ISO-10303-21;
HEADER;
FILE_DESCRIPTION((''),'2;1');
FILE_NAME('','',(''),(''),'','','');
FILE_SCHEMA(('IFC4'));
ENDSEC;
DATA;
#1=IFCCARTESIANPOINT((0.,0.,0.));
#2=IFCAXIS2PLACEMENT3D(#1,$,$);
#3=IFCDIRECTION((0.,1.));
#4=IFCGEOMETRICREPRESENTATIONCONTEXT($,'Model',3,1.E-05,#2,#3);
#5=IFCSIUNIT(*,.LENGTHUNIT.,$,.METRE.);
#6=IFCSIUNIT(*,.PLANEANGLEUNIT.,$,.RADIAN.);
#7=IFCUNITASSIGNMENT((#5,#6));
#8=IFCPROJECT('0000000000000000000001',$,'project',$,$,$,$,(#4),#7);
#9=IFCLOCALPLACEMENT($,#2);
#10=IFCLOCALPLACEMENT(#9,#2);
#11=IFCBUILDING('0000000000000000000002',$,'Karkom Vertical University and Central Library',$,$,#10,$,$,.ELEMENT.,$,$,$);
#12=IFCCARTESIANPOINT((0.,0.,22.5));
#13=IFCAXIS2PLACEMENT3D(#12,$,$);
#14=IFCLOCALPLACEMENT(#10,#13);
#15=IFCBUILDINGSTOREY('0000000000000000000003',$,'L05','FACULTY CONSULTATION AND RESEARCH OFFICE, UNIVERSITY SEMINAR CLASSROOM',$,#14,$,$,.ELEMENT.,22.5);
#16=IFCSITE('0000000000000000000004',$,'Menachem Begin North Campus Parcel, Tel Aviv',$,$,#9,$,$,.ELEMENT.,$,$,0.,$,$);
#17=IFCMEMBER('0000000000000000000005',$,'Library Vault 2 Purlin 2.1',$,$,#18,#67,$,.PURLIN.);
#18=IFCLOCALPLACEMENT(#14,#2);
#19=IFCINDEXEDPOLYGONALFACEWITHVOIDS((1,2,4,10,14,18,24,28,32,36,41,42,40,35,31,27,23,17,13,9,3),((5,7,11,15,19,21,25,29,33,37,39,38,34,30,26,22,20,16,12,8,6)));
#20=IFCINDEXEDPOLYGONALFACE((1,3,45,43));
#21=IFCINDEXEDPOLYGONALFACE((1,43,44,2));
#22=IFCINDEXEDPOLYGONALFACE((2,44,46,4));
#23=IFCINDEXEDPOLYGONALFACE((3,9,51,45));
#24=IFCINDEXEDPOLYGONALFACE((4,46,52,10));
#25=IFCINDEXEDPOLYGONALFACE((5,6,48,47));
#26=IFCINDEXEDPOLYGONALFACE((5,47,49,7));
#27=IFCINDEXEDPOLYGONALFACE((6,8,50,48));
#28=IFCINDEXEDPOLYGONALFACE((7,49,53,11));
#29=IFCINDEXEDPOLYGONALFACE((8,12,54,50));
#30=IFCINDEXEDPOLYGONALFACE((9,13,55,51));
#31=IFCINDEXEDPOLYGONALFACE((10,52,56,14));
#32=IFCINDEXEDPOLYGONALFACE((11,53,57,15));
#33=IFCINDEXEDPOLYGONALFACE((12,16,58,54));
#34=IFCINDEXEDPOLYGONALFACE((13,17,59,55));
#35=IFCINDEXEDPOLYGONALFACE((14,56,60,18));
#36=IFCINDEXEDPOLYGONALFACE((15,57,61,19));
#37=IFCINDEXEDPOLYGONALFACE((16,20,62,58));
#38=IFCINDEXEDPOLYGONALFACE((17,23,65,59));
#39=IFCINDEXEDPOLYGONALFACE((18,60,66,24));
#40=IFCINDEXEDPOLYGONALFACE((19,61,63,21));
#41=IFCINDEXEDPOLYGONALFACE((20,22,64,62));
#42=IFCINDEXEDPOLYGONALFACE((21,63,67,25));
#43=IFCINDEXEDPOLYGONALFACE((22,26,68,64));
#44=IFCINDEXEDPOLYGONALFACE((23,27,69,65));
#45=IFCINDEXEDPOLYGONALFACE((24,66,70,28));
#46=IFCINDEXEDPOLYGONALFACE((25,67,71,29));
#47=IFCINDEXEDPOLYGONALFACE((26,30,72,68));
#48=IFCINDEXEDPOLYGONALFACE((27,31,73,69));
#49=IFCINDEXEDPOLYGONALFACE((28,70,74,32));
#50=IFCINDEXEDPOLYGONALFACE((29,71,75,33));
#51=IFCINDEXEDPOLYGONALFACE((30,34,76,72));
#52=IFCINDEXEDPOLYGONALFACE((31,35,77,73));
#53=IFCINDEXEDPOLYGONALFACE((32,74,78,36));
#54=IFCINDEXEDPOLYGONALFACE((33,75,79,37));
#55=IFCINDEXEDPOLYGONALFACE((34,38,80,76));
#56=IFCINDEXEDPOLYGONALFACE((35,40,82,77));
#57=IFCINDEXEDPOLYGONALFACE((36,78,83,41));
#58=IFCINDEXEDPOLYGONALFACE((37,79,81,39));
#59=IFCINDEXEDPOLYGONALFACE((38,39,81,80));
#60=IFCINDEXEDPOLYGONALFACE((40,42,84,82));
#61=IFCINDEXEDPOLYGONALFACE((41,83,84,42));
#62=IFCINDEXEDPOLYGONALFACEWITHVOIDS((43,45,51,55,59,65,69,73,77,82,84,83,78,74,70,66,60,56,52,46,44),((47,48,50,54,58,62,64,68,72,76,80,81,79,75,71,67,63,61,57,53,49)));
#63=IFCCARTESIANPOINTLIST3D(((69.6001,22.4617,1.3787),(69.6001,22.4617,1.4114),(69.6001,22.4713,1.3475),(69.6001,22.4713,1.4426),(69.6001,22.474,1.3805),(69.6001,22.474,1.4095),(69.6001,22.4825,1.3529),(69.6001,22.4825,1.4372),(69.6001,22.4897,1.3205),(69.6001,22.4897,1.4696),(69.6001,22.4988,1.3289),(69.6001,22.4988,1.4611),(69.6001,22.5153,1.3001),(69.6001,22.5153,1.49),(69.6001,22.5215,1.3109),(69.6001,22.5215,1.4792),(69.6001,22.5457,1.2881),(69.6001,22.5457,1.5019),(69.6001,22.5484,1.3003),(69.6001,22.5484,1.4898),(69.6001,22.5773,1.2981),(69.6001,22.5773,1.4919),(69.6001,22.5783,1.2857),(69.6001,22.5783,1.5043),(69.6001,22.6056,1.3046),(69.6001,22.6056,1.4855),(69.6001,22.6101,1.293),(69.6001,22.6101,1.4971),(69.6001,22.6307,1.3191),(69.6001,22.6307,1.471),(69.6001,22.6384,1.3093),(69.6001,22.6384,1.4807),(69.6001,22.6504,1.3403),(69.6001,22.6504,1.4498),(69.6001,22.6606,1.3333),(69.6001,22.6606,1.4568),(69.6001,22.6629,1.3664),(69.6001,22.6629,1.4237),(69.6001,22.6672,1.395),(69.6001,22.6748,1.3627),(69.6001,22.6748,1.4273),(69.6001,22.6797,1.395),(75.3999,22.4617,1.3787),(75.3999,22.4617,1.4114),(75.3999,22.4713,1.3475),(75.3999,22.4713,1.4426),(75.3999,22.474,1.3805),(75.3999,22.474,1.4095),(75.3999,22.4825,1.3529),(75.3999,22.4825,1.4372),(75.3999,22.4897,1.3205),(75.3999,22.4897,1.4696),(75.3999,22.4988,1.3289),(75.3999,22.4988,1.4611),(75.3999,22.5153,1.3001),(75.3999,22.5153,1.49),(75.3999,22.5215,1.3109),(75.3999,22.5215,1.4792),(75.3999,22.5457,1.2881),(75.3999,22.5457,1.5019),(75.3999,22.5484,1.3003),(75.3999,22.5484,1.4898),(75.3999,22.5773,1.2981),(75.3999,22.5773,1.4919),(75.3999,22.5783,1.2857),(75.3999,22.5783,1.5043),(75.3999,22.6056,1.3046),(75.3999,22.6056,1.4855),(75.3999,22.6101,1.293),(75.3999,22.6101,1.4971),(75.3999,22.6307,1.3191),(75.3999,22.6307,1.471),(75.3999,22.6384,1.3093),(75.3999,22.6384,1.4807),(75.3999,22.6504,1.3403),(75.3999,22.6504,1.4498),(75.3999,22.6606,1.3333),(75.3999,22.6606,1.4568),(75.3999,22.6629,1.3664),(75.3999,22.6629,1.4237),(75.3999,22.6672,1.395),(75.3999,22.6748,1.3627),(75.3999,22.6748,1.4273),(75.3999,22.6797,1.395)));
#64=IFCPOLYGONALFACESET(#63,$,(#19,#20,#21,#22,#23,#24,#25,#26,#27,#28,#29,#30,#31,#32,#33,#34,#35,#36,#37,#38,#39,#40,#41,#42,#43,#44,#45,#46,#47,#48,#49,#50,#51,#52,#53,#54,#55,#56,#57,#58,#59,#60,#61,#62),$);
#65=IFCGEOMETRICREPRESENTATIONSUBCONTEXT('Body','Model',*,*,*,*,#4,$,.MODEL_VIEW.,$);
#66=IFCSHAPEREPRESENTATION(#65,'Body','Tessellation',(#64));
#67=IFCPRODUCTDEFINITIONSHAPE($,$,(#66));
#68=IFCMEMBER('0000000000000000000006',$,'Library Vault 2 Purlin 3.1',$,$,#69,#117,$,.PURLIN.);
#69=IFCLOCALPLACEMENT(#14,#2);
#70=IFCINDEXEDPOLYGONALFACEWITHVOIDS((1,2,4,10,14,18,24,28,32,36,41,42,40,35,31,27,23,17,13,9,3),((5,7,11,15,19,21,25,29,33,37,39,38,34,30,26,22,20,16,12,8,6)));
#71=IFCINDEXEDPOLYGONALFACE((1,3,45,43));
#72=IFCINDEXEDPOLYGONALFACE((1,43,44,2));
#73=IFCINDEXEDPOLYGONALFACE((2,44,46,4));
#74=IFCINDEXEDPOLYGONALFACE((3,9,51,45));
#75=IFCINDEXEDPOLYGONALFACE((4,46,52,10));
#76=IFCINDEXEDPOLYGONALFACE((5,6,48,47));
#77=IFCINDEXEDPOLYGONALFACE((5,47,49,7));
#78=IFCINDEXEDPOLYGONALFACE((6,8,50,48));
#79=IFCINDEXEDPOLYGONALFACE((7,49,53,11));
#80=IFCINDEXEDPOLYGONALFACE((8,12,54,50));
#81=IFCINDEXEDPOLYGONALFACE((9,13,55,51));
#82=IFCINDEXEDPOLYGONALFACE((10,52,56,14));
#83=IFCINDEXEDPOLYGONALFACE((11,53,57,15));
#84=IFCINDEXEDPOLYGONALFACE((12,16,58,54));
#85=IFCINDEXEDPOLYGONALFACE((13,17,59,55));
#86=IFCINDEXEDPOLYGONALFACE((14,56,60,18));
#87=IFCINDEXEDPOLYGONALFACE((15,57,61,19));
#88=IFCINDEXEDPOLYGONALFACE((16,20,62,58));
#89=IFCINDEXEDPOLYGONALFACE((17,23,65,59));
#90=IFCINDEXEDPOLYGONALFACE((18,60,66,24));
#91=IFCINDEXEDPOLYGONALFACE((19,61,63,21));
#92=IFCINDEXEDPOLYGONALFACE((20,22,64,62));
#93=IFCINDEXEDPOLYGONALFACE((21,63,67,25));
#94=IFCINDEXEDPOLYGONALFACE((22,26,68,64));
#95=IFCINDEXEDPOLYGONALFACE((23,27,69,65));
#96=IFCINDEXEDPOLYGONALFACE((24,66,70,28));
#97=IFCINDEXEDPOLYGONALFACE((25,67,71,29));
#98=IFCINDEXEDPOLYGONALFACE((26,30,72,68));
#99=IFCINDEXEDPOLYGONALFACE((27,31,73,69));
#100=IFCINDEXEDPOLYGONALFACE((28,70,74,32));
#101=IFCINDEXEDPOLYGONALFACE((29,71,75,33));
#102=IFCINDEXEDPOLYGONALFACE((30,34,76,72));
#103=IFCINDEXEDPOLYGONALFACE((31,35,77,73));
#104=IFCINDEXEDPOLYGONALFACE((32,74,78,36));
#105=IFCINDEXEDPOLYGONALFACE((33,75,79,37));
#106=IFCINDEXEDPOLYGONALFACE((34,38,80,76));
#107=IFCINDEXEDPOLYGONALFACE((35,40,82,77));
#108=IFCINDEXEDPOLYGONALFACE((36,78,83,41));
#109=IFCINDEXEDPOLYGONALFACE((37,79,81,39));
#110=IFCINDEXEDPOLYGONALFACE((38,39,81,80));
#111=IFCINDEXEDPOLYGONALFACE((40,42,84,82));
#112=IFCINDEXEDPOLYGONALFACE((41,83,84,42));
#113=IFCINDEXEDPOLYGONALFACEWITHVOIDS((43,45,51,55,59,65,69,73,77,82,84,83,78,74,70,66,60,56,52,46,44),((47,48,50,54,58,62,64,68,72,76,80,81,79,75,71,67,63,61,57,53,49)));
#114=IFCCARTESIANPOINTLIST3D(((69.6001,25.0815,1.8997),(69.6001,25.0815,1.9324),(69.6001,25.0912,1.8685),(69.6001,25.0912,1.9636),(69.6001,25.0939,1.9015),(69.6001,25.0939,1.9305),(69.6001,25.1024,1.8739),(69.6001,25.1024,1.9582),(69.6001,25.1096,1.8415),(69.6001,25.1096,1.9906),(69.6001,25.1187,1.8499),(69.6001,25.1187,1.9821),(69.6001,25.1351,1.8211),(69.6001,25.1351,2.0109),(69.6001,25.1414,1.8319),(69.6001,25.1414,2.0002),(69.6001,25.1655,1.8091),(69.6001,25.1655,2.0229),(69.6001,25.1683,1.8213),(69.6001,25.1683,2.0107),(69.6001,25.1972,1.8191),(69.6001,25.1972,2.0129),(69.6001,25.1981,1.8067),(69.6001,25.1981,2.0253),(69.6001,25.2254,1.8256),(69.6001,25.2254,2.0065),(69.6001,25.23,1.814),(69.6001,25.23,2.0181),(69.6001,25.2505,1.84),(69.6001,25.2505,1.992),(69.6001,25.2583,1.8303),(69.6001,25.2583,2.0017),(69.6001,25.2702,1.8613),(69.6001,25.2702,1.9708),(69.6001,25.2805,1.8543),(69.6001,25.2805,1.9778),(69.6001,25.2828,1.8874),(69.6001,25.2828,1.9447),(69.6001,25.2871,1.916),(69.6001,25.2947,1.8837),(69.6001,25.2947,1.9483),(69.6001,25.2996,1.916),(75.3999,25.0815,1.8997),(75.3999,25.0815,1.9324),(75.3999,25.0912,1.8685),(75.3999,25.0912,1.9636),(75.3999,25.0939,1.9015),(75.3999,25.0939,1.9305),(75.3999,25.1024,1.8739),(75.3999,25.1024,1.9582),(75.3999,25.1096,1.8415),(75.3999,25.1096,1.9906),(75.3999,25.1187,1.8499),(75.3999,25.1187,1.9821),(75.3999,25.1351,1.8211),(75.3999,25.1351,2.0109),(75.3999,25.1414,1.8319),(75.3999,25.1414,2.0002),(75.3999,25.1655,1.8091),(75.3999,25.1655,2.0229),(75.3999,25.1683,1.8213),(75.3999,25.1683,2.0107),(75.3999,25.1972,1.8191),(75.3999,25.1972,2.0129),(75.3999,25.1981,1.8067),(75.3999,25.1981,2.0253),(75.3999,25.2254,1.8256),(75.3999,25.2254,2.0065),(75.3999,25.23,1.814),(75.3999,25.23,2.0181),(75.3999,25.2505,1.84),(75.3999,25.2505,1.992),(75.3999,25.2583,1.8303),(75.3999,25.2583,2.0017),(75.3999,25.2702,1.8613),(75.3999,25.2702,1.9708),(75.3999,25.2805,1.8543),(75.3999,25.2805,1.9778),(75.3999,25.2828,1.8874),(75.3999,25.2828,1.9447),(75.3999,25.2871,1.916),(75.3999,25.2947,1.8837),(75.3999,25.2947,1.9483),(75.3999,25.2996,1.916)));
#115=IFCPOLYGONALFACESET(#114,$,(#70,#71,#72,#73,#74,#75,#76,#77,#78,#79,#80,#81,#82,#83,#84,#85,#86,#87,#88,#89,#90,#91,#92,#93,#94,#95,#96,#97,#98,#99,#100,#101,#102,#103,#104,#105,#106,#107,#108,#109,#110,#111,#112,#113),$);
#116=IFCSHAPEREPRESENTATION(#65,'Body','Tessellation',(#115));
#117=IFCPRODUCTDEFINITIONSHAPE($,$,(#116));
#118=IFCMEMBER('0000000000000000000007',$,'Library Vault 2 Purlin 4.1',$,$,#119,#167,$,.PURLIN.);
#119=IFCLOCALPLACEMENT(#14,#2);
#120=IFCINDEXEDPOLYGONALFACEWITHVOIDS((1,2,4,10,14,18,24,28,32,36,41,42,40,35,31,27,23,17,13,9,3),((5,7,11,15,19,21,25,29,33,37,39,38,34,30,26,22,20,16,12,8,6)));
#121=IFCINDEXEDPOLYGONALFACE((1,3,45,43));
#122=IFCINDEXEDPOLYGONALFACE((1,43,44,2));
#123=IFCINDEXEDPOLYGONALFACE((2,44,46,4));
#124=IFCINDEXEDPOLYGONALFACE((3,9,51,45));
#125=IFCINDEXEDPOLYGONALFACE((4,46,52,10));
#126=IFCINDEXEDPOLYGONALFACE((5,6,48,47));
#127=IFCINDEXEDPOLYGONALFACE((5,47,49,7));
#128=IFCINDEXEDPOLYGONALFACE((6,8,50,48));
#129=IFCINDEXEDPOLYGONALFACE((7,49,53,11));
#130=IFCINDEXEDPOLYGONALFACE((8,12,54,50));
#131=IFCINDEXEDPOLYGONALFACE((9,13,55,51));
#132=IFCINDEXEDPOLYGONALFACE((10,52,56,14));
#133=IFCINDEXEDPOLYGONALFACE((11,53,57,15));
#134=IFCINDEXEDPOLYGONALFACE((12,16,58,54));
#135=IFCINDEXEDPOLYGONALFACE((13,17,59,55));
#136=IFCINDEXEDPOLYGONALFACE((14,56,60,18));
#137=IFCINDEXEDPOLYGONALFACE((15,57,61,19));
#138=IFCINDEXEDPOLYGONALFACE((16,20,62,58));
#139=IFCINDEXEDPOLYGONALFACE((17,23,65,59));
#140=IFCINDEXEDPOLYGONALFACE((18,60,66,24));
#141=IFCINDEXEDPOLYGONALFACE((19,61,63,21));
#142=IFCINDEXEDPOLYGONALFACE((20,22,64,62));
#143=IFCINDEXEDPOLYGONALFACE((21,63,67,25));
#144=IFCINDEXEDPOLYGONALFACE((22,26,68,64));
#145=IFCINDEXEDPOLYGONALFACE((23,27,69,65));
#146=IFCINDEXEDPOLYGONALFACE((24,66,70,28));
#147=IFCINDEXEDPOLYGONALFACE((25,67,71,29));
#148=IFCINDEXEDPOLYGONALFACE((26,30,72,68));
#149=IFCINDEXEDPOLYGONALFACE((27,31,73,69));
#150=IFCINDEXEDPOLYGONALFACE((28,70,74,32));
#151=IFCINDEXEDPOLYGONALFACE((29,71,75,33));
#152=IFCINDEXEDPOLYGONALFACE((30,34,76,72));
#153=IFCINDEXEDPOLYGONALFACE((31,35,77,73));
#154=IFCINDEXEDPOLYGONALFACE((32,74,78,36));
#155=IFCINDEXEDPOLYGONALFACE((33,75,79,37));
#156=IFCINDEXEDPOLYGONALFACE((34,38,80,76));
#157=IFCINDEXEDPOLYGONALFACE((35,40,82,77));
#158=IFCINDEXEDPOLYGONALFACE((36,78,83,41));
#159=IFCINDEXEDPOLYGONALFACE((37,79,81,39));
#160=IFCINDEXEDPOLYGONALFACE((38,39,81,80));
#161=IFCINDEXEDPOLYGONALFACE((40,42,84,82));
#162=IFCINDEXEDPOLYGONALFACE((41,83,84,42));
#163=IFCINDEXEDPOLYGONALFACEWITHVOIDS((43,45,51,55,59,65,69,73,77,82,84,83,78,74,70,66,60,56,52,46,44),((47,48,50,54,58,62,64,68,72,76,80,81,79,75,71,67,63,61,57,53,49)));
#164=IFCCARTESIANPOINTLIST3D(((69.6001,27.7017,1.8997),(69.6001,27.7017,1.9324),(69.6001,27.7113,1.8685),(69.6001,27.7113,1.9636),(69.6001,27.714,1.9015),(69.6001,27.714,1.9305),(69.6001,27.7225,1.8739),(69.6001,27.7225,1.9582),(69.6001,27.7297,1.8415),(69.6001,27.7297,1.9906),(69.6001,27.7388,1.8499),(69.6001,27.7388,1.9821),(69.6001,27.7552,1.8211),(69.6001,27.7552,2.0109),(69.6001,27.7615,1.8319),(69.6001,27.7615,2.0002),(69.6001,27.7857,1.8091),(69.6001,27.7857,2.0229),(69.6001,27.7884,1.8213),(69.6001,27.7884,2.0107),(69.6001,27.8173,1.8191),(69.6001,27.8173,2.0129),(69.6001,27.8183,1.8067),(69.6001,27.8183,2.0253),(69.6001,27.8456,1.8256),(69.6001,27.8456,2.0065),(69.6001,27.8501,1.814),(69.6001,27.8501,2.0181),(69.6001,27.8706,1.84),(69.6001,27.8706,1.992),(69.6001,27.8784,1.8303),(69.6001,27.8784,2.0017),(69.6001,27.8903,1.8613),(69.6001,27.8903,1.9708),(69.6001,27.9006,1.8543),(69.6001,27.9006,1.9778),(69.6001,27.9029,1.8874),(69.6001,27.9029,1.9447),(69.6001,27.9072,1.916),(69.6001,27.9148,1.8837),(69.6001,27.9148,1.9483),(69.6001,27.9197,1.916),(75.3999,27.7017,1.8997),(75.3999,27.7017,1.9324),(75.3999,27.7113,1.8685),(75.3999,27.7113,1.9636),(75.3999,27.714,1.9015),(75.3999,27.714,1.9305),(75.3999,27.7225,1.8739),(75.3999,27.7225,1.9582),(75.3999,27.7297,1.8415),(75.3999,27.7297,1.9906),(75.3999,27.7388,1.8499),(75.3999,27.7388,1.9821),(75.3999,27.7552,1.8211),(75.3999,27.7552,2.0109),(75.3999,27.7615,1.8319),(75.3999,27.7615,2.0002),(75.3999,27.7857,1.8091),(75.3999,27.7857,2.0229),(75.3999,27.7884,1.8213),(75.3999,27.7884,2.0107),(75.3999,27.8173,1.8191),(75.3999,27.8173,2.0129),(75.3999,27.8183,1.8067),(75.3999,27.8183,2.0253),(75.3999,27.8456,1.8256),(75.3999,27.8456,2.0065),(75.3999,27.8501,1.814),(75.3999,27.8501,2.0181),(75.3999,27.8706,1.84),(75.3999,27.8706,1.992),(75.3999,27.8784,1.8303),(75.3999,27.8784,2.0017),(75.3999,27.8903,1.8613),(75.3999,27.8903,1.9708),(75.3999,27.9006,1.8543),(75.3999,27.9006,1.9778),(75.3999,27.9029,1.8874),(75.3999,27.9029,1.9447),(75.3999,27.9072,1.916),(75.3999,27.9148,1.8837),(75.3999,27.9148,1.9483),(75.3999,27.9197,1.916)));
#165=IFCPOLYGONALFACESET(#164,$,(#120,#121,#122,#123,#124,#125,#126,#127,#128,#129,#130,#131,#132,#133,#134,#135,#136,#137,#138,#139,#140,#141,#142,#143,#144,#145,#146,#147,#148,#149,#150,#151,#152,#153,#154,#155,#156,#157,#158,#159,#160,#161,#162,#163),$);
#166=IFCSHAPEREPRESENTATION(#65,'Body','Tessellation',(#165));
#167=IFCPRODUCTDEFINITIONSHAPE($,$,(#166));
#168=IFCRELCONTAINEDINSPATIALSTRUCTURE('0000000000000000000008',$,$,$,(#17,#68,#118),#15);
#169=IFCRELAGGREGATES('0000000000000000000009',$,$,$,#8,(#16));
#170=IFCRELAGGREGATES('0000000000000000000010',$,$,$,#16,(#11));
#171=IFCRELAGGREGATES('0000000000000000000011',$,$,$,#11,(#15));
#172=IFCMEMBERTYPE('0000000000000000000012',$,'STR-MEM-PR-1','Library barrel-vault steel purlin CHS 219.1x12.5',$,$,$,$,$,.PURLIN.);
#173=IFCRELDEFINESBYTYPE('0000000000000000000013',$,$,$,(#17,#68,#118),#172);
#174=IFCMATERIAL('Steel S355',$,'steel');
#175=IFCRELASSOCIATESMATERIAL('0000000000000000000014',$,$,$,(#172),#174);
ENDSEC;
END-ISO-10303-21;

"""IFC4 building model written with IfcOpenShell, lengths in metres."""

from ifc_helpers import new_model, si_unit, direction, frame, origin, origin_with_axes, origin_2d, place, context, subcontext, project, spatial, hollow_circle, extrude, source, transform, mapped, material, material_profile, profile_set, type_object, element, save


model = new_model("IFC4")

# Units and contexts
model_context = context("Model", 3, precision=1e-05, world=origin(), true_north=direction((0.0, 1.0)))
body_context = subcontext(model_context, "Body", "Model", "MODEL_VIEW")
ifc_project = project(units=[si_unit("LENGTHUNIT", "METRE"), si_unit("PLANEANGLEUNIT", "RADIAN")], contexts=[model_context])

# Site, building, storey
site_placement = place(None, origin())
site = spatial("IfcSite", under=ifc_project, at=site_placement, Name="Menachem Begin North Campus Parcel, Tel Aviv", CompositionType="ELEMENT", RefElevation=0.0)
building_placement = place(site_placement, origin())
building = spatial("IfcBuilding", under=site, at=building_placement, Name="Karkom Vertical University and Central Library", CompositionType="ELEMENT")
storey_placement = place(building_placement, frame((0.0, 0.0, 22.5)))
storey = spatial("IfcBuildingStorey", under=building, at=storey_placement, Name="L05", Description="FACULTY CONSULTATION AND RESEARCH OFFICE, UNIVERSITY SEMINAR CLASSROOM", CompositionType="ELEMENT", Elevation=22.5)

# Members
ifc_material_1 = material(Name="Steel S355", Category="steel")
ifc_material_profile_1 = material_profile(ifc_material_1, hollow_circle(Radius=0.1096, WallThickness=0.0125, at=origin_2d()), Name="CHS 219.1x12.5")
ifc_profile_set_1 = profile_set([ifc_material_profile_1], Name="Steel S355")
member_type_1 = type_object("IfcMemberType", Name="STR-MEM-PR-1", Description="Library barrel-vault steel purlin CHS 219.1x12.5", PredefinedType="PURLIN", material=ifc_profile_set_1)
shared_shape_1 = source(origin_with_axes(), body_context, "Body", "SweptSolid", [
    extrude(hollow_circle(Radius=0.1096, WallThickness=0.0125, at=origin_2d()), origin(), (0.0, 0.0, 1.0), 5.7998),
])
for number, where, z_axis, x_axis, name in (
    (1, (69.6001, 22.5701, 1.395), (1.0, 0.0, 0.0), (0.0, 1.0, 0.0), "Library Vault 2 Purlin 2.1"),
    (2, (69.6001, 25.1899, 1.916), (1.0, 0.0, 0.0), (0.0, 1.0, 0.0), "Library Vault 2 Purlin 3.1"),
    (3, (69.6001, 27.8101, 1.916), (1.0, 0.0, 0.0), (0.0, 1.0, 0.0), "Library Vault 2 Purlin 4.1"),
):
    element("IfcMember", number, at=place(storey_placement, frame(where, z_axis=z_axis, x_axis=x_axis)), inside=storey, type_object=member_type_1, Name=name, PredefinedType="PURLIN", context=body_context, shape_type="MappedRepresentation", body=[
        mapped(shared_shape_1, transform((0.0, 0.0, 0.0), scale=1.0)),
    ])

save(model, "model.ifc")
